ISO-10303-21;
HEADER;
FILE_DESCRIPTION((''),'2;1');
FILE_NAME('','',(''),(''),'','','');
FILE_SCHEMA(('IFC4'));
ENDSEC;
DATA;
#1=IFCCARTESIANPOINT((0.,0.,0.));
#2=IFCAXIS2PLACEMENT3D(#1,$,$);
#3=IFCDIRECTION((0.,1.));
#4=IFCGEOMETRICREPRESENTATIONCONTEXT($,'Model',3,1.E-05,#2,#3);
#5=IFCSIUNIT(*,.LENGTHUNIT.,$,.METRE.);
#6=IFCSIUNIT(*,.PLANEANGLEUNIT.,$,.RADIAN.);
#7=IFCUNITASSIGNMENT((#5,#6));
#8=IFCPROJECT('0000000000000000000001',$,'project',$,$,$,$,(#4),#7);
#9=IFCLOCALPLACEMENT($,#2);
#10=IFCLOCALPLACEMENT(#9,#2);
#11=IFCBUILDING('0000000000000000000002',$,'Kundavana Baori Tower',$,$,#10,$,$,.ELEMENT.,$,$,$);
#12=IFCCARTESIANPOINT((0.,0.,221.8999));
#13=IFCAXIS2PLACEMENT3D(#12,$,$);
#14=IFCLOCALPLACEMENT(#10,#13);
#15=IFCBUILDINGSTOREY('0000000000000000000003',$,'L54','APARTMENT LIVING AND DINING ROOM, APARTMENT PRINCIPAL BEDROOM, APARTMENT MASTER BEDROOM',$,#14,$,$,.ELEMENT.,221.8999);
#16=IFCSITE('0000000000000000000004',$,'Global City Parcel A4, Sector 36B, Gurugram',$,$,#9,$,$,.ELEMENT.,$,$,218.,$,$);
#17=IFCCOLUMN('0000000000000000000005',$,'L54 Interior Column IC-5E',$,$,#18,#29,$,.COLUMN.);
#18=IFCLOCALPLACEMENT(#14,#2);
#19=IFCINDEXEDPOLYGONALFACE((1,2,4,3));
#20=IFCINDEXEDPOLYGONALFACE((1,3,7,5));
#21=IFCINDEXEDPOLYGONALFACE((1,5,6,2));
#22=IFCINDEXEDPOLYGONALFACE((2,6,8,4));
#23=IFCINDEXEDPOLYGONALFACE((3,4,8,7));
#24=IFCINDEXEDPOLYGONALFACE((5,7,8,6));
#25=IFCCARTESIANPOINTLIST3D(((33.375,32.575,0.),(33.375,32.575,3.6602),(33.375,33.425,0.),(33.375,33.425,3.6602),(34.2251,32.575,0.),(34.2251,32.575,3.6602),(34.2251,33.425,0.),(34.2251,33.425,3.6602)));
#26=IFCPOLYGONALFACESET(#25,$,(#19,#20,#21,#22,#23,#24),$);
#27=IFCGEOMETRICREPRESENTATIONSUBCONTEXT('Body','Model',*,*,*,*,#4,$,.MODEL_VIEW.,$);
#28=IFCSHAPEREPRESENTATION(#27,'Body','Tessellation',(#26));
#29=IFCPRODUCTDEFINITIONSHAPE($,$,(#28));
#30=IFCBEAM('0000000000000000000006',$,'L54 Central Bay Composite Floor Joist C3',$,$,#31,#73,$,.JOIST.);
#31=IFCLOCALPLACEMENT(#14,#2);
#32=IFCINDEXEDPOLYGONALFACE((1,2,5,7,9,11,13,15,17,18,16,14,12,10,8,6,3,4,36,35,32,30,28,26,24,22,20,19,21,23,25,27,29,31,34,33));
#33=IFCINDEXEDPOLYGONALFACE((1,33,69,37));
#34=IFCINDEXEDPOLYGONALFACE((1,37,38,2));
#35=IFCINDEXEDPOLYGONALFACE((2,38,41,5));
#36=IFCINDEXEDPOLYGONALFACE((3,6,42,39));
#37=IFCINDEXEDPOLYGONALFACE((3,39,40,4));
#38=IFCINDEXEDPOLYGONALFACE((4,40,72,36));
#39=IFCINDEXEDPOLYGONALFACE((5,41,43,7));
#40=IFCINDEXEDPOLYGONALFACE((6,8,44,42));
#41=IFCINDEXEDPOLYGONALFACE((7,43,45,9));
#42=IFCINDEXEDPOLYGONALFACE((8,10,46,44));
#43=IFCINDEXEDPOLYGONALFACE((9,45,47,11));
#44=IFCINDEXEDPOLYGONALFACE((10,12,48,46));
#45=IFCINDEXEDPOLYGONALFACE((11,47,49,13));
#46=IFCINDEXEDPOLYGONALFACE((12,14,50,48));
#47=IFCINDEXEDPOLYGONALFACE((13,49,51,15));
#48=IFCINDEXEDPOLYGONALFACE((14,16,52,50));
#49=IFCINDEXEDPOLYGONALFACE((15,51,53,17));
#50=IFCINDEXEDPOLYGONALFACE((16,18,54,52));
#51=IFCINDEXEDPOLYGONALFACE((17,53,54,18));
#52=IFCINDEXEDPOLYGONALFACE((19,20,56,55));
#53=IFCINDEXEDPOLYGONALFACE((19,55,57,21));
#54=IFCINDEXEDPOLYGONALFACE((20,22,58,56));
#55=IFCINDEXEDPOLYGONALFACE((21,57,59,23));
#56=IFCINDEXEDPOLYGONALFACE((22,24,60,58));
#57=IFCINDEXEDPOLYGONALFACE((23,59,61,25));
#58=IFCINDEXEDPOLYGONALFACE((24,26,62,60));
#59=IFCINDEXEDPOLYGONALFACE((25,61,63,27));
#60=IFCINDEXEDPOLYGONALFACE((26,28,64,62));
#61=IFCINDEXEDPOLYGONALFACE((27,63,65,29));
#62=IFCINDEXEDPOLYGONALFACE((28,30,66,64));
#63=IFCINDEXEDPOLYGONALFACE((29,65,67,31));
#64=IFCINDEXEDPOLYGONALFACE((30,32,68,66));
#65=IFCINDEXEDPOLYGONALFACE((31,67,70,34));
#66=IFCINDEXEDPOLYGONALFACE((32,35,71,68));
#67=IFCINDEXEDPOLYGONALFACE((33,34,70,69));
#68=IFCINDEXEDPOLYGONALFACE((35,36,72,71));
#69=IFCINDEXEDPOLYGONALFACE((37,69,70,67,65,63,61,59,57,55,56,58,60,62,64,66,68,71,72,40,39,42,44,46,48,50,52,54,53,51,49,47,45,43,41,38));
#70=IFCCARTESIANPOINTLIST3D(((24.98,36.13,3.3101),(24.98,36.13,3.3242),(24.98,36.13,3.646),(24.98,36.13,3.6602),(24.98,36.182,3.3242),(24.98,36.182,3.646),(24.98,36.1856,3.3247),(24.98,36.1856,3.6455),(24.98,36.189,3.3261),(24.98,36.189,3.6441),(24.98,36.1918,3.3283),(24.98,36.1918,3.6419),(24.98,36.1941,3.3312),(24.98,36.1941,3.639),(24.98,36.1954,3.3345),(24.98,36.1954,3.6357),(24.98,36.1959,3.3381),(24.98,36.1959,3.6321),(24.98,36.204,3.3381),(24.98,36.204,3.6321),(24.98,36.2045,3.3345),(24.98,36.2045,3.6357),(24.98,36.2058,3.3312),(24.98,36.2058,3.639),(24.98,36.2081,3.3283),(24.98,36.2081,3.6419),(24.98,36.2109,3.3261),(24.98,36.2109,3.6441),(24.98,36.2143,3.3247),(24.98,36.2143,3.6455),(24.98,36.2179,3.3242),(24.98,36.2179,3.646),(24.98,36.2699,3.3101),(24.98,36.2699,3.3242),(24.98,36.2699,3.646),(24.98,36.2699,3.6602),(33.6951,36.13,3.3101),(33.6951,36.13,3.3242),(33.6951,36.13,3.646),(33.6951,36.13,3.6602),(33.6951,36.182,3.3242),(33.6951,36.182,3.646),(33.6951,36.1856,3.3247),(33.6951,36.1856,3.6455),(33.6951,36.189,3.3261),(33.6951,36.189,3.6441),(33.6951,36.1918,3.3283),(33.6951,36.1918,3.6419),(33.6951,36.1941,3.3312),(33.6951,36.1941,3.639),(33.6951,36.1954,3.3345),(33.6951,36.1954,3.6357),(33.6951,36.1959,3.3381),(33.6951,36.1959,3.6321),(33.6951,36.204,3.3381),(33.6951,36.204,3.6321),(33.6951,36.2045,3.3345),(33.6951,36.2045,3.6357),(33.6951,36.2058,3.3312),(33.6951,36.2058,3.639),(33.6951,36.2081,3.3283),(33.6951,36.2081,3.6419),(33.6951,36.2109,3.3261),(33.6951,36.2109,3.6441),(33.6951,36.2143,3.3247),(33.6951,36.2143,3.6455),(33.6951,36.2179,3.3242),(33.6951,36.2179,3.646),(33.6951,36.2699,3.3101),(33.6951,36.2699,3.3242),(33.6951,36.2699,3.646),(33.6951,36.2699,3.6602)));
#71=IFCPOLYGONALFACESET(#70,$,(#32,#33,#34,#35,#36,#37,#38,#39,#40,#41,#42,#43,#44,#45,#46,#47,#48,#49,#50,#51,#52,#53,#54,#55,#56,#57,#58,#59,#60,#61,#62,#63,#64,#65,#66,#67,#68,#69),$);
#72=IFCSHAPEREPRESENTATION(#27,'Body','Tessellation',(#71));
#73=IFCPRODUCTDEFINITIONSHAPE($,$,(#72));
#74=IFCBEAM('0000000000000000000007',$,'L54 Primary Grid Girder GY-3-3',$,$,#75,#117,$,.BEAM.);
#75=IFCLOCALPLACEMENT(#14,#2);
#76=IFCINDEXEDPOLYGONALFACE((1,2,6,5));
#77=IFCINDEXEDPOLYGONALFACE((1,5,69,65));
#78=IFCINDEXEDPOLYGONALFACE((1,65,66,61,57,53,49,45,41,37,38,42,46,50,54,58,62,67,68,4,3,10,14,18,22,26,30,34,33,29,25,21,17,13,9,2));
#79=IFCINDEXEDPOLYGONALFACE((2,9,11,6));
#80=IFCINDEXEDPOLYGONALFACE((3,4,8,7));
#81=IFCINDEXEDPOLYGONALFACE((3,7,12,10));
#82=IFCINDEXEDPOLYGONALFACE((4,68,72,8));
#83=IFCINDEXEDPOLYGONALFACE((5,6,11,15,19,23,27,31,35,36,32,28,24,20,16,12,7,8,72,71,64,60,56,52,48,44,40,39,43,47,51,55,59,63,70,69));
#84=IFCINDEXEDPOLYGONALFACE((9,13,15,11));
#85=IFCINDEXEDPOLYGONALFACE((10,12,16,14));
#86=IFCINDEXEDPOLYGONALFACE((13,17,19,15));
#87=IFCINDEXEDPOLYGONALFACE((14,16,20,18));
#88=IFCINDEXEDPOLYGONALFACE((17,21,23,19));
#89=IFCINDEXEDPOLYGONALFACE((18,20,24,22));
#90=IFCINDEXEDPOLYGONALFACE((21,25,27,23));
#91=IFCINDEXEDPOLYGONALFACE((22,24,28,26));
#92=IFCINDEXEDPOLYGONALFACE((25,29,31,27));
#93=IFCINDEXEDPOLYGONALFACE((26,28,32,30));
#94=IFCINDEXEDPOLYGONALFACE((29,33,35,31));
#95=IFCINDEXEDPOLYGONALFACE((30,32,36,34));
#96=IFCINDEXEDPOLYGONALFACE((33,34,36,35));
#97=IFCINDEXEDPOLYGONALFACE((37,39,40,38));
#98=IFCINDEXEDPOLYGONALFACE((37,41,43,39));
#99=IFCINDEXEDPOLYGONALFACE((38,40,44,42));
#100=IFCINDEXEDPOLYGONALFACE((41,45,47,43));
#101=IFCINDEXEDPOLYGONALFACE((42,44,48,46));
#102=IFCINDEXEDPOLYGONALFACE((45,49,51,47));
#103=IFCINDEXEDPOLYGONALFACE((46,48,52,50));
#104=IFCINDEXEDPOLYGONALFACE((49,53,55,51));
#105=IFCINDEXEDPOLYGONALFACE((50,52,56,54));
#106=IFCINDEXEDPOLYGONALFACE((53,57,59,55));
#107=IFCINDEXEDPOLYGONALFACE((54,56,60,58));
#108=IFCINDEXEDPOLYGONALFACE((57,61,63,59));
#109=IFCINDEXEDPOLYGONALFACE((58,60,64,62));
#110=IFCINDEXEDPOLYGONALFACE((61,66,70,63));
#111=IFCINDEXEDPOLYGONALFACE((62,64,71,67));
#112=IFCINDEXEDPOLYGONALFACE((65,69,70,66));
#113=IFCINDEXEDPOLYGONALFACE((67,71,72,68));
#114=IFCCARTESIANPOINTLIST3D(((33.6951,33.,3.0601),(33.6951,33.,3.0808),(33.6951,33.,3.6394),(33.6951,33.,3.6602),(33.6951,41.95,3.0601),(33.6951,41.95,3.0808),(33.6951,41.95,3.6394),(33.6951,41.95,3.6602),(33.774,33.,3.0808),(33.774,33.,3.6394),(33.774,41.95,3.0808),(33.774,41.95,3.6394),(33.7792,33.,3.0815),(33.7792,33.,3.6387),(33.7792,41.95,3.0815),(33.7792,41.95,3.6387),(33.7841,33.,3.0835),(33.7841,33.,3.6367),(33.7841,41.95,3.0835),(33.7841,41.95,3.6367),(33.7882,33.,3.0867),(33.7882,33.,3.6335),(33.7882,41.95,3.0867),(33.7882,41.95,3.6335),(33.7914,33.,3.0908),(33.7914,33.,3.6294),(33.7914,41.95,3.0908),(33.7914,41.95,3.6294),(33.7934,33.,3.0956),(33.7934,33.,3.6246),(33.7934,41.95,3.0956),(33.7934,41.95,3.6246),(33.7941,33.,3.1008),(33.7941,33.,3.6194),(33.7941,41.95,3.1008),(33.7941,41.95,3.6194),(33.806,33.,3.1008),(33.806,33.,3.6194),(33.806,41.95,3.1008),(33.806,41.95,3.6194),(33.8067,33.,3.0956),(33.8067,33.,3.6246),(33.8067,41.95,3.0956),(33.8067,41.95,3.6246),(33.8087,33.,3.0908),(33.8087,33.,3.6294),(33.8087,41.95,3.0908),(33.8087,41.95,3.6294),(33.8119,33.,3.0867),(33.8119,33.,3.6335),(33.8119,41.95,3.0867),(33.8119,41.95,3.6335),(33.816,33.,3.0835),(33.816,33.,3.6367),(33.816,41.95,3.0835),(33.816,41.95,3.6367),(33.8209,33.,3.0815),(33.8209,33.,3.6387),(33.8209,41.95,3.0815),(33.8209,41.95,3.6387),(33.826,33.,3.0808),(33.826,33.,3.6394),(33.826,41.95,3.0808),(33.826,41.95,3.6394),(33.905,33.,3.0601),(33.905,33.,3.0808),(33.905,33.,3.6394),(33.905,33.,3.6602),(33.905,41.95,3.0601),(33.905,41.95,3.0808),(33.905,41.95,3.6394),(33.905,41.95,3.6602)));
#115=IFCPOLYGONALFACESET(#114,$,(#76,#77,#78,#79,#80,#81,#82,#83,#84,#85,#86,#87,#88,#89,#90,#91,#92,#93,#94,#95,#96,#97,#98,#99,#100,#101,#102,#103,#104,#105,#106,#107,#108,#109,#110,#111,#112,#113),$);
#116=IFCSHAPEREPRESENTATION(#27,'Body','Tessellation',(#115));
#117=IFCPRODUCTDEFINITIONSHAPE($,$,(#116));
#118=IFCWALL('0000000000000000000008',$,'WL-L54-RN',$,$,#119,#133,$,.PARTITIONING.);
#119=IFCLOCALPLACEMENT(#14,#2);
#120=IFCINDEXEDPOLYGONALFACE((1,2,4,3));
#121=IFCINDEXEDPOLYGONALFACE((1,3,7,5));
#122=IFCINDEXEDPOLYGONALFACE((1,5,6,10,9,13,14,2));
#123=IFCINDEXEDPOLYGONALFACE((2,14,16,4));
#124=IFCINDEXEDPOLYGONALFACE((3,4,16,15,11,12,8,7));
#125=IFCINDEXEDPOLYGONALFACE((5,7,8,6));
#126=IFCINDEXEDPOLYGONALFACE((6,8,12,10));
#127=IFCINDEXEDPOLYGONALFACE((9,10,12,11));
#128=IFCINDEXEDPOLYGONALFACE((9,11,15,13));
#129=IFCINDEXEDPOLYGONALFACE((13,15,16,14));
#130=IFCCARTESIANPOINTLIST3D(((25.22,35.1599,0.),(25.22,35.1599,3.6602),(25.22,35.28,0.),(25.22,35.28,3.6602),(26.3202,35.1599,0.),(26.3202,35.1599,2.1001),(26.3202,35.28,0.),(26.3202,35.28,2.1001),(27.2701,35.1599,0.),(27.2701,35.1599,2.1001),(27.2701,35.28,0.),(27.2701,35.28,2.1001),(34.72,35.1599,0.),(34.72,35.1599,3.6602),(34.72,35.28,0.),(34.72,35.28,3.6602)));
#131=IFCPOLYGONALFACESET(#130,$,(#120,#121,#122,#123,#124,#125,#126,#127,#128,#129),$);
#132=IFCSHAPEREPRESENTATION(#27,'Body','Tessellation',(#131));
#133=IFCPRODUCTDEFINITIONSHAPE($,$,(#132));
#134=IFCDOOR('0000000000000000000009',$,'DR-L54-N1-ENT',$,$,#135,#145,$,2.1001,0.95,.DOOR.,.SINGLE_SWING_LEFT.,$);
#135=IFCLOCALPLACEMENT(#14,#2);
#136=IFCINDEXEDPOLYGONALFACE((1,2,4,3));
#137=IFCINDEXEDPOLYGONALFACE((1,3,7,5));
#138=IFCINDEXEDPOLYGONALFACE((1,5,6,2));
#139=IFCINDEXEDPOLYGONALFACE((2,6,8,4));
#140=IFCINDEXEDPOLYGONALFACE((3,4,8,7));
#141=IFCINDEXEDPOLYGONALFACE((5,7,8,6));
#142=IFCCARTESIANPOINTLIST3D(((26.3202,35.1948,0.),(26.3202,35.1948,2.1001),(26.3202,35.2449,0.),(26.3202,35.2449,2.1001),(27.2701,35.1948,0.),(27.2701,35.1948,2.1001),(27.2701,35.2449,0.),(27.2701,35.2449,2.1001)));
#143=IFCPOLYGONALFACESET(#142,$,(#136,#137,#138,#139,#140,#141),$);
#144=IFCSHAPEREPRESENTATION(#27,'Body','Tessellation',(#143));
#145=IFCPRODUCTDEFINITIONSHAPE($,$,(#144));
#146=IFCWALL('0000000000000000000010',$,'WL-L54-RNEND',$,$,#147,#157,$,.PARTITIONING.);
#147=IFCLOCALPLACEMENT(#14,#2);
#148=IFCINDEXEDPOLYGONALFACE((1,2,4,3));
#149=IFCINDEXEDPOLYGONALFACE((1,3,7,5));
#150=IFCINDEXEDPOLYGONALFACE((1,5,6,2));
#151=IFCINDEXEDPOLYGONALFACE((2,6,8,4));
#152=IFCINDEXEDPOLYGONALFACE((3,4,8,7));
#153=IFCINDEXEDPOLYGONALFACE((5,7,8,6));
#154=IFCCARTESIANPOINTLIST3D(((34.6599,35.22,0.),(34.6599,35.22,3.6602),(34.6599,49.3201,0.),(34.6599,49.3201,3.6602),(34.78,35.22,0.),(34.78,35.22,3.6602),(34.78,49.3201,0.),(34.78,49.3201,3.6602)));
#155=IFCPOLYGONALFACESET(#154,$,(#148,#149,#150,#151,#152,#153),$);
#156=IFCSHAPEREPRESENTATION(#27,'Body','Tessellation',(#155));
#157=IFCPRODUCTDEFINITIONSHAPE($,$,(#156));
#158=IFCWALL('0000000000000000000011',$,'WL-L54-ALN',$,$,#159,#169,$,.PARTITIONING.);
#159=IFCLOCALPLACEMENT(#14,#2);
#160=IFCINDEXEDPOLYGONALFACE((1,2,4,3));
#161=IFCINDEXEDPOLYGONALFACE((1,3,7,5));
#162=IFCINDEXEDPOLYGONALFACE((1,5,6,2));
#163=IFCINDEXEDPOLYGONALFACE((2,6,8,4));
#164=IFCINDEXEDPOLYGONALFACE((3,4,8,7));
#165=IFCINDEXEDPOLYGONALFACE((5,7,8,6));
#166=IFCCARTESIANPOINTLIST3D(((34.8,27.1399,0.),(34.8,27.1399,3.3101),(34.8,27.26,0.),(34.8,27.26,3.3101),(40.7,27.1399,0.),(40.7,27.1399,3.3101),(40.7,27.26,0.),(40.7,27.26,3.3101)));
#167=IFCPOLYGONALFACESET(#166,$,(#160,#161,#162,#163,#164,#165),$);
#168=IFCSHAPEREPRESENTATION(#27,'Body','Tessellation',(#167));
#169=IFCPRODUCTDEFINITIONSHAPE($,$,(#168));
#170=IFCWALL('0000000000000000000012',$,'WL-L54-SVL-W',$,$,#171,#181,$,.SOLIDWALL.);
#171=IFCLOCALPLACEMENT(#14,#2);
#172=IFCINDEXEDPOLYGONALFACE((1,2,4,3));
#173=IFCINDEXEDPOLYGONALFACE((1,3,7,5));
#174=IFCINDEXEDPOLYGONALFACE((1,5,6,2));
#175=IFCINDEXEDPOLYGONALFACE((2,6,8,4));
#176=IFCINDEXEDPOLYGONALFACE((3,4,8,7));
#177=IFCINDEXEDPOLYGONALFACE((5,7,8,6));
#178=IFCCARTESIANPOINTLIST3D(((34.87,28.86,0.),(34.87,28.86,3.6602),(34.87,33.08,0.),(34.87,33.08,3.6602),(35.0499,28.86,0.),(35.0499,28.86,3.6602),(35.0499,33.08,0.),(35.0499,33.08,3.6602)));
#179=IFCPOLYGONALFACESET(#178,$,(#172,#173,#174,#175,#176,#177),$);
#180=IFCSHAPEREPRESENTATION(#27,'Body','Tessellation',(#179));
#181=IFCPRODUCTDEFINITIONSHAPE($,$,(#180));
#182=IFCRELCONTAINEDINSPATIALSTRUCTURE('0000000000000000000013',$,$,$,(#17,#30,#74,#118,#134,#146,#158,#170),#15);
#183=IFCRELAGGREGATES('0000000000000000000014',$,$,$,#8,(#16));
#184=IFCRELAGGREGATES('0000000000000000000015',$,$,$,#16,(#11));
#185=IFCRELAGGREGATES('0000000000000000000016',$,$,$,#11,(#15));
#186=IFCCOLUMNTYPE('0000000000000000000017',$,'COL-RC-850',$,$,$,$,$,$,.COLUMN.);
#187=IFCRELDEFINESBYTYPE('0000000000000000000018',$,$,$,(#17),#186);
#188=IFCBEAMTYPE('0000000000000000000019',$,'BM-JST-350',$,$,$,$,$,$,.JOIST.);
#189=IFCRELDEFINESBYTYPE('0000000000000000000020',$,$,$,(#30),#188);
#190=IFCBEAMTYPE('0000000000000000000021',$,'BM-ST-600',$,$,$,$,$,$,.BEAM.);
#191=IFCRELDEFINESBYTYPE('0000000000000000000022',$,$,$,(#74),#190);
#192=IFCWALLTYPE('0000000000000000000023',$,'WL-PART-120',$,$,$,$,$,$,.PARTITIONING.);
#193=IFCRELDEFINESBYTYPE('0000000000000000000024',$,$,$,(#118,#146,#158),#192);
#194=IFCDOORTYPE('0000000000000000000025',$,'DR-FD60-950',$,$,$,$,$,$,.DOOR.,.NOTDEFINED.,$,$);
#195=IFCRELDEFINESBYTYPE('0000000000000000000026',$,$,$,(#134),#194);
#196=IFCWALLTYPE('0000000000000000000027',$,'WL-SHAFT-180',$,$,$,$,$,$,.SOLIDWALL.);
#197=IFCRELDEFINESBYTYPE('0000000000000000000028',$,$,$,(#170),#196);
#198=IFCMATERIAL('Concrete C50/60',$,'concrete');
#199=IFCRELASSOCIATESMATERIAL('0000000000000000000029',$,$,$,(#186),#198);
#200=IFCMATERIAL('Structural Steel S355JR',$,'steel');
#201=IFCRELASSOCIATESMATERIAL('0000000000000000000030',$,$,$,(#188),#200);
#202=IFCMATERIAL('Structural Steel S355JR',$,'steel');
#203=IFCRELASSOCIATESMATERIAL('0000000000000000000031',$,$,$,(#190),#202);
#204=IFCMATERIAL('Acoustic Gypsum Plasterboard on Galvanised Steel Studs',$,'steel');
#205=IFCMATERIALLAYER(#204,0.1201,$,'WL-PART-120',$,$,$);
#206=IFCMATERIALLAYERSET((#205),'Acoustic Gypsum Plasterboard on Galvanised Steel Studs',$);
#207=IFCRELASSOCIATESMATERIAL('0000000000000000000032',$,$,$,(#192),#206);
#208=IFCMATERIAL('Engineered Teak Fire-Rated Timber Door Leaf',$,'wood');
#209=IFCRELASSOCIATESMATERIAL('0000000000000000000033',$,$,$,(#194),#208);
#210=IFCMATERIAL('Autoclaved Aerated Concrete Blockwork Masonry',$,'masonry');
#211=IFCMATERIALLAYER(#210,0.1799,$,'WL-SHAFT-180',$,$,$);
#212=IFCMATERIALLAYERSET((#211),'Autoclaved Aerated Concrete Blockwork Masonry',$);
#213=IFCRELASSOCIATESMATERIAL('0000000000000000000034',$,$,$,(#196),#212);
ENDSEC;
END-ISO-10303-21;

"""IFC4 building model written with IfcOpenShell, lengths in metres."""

from ifc_helpers import new_model, si_unit, direction, frame, frame_2d, origin, origin_2d, place, context, subcontext, project, spatial, rectangle, i_section, extrude, material, layer, layer_set, material_profile, profile_set, type_object, element, fill, save


model = new_model("IFC4")

# Units and contexts
model_context = context("Model", 3, precision=1e-05, world=origin(), true_north=direction((0.0, 1.0)))
body_context = subcontext(model_context, "Body", "Model", "MODEL_VIEW")
ifc_project = project(units=[si_unit("LENGTHUNIT", "METRE"), si_unit("PLANEANGLEUNIT", "RADIAN")], contexts=[model_context])

# Site, building, storey
site_placement = place(None, origin())
site = spatial("IfcSite", under=ifc_project, at=site_placement, Name="Global City Parcel A4, Sector 36B, Gurugram", CompositionType="ELEMENT", RefElevation=218.0)
building_placement = place(site_placement, origin())
building = spatial("IfcBuilding", under=site, at=building_placement, Name="Kundavana Baori Tower", CompositionType="ELEMENT")
storey_placement = place(building_placement, frame((0.0, 0.0, 221.8999)))
storey = spatial("IfcBuildingStorey", under=building, at=storey_placement, Name="L54", Description="APARTMENT LIVING AND DINING ROOM, APARTMENT PRINCIPAL BEDROOM, APARTMENT MASTER BEDROOM", CompositionType="ELEMENT", Elevation=221.8999)

# Column
ifc_material_1 = material(Name="Concrete C50/60", Category="concrete")
ifc_material_profile_1 = material_profile(ifc_material_1, rectangle(XDim=0.8501, YDim=0.8501, at=origin_2d()), Name="RC 850x850")
ifc_profile_set_1 = profile_set([ifc_material_profile_1], Name="Concrete C50/60")
column_type = type_object("IfcColumnType", Name="COL-RC-850", PredefinedType="COLUMN", material=ifc_profile_set_1)
column_placement = place(storey_placement, frame((33.8, 33.0, 0.0), z_axis=(0.0, 0.0, 1.0), x_axis=(1.0, 0.0, 0.0)))
element("IfcColumn", 1, at=column_placement, inside=storey, type_object=column_type, Name="L54 Interior Column IC-5E", PredefinedType="COLUMN", context=body_context, shape_type="SweptSolid", body=[
    extrude(rectangle(XDim=0.8501, YDim=0.8501, at=origin_2d()), origin(), (0.0, 0.0, 1.0), 3.6602),
])

# Beams
ifc_material_2 = material(Name="Structural Steel S355JR", Category="steel")
ifc_material_profile_2 = material_profile(ifc_material_2, i_section(OverallWidth=0.1399, OverallDepth=0.3501, WebThickness=0.0081, FlangeThickness=0.0142, FilletRadius=0.0139, at=origin_2d()), Name="ISMB 350")
ifc_profile_set_2 = profile_set([ifc_material_profile_2], Name="Structural Steel S355JR")
beam_type_1 = type_object("IfcBeamType", Name="BM-JST-350", PredefinedType="JOIST", material=ifc_profile_set_2)
beam_1_placement = place(storey_placement, frame((24.98, 36.2, 3.4851), z_axis=(1.0, 0.0, 0.0), x_axis=(0.0, 1.0, 0.0)))
element("IfcBeam", 2, at=beam_1_placement, inside=storey, type_object=beam_type_1, Name="L54 Central Bay Composite Floor Joist C3", PredefinedType="JOIST", context=body_context, shape_type="SweptSolid", body=[
    extrude(i_section(OverallWidth=0.1399, OverallDepth=0.3501, WebThickness=0.0081, FlangeThickness=0.0142, FilletRadius=0.0139, at=origin_2d()), origin(), (0.0, 0.0, 1.0), 8.7151),
])
ifc_material_3 = material(Name="Structural Steel S355JR", Category="steel")
ifc_material_profile_3 = material_profile(ifc_material_3, i_section(OverallWidth=0.21, OverallDepth=0.6001, WebThickness=0.012, FlangeThickness=0.0208, FilletRadius=0.02, at=origin_2d()), Name="ISMB 600")
ifc_profile_set_3 = profile_set([ifc_material_profile_3], Name="Structural Steel S355JR")
beam_type_2 = type_object("IfcBeamType", Name="BM-ST-600", PredefinedType="BEAM", material=ifc_profile_set_3)
beam_2_placement = place(storey_placement, frame((33.8, 33.0, 3.3601), z_axis=(0.0, 1.0, 0.0), x_axis=(-1.0, 0.0, 0.0)))
element("IfcBeam", 3, at=beam_2_placement, inside=storey, type_object=beam_type_2, Name="L54 Primary Grid Girder GY-3-3", PredefinedType="BEAM", context=body_context, shape_type="SweptSolid", body=[
    extrude(i_section(OverallWidth=0.21, OverallDepth=0.6001, WebThickness=0.012, FlangeThickness=0.0208, FilletRadius=0.02, at=origin_2d()), origin(), (0.0, 0.0, 1.0), 8.95),
])

# Wall, opening, door
ifc_material_4 = material(Name="Acoustic Gypsum Plasterboard on Galvanised Steel Studs", Category="steel")
ifc_layer_1 = layer(ifc_material_4, 0.1201, Name="WL-PART-120")
ifc_layer_set_1 = layer_set([ifc_layer_1], Name="Acoustic Gypsum Plasterboard on Galvanised Steel Studs")
wall_type_1 = type_object("IfcWallType", Name="WL-PART-120", PredefinedType="PARTITIONING", material=ifc_layer_set_1)
wall_1_placement = place(storey_placement, frame((25.22, 35.22, 0.0), z_axis=(0.0, 0.0, 1.0), x_axis=(1.0, 0.0, 0.0)))
wall_1 = element("IfcWall", 4, at=wall_1_placement, inside=storey, type_object=wall_type_1, Name="WL-L54-RN", PredefinedType="PARTITIONING", context=body_context, shape_type="SweptSolid", body=[
    extrude(rectangle(XDim=9.5, YDim=0.1201, at=frame_2d((4.75, 0.0))), origin(), (0.0, 0.0, 1.0), 3.6602),
])
opening_1_placement = place(wall_1_placement, frame((1.1001, 0.0, 0.0)))
opening_1 = element("IfcOpeningElement", 5, at=opening_1_placement, cuts=wall_1, PredefinedType="OPENING", context=body_context, shape_type="SweptSolid", body=[
    extrude(rectangle(XDim=0.95, YDim=2.1001, at=frame_2d((0.4751, 1.05))), frame((0.0, 0.0701, 0.0), z_axis=(0.0, -1.0, 0.0), x_axis=(1.0, 0.0, 0.0)), (0.0, 0.0, 1.0), 0.1401),
])
ifc_material_5 = material(Name="Engineered Teak Fire-Rated Timber Door Leaf", Category="wood")
door_type_1 = type_object("IfcDoorType", Name="DR-FD60-950", OperationType="NOTDEFINED", PredefinedType="DOOR", material=ifc_material_5)
door_1_placement = place(opening_1_placement, origin())
door_1 = element("IfcDoor", 6, at=door_1_placement, inside=storey, type_object=door_type_1, Name="DR-L54-N1-ENT", OperationType="SINGLE_SWING_LEFT", OverallHeight=2.1001, OverallWidth=0.95, PredefinedType="DOOR", context=body_context, shape_type="SweptSolid", body=[
    extrude(rectangle(XDim=0.95, YDim=2.1001, at=frame_2d((0.4751, 1.05))), frame((0.0, 0.0249, 0.0), z_axis=(0.0, -1.0, 0.0), x_axis=(1.0, 0.0, 0.0)), (0.0, 0.0, 1.0), 0.05),
])
fill(opening_1, door_1)

# Walls
wall_2_placement = place(storey_placement, frame((34.72, 35.22, 0.0), z_axis=(0.0, 0.0, 1.0), x_axis=(0.0, 1.0, 0.0)))
element("IfcWall", 7, at=wall_2_placement, inside=storey, type_object=wall_type_1, Name="WL-L54-RNEND", PredefinedType="PARTITIONING", context=body_context, shape_type="SweptSolid", body=[
    extrude(rectangle(XDim=14.1001, YDim=0.1201, at=frame_2d((7.05, 0.0))), origin(), (0.0, 0.0, 1.0), 3.6602),
])
wall_3_placement = place(storey_placement, frame((34.8, 27.2, 0.0), z_axis=(0.0, 0.0, 1.0), x_axis=(1.0, 0.0, 0.0)))
element("IfcWall", 8, at=wall_3_placement, inside=storey, type_object=wall_type_1, Name="WL-L54-ALN", PredefinedType="PARTITIONING", context=body_context, shape_type="SweptSolid", body=[
    extrude(rectangle(XDim=5.8999, YDim=0.1201, at=frame_2d((2.95, 0.0))), origin(), (0.0, 0.0, 1.0), 3.3101),
])
ifc_material_6 = material(Name="Autoclaved Aerated Concrete Blockwork Masonry", Category="masonry")
ifc_layer_2 = layer(ifc_material_6, 0.1799, Name="WL-SHAFT-180")
ifc_layer_set_2 = layer_set([ifc_layer_2], Name="Autoclaved Aerated Concrete Blockwork Masonry")
wall_type_2 = type_object("IfcWallType", Name="WL-SHAFT-180", PredefinedType="SOLIDWALL", material=ifc_layer_set_2)
wall_4_placement = place(storey_placement, frame((34.96, 28.8601, 0.0), z_axis=(0.0, 0.0, 1.0), x_axis=(0.0, 1.0, 0.0)))
element("IfcWall", 9, at=wall_4_placement, inside=storey, type_object=wall_type_2, Name="WL-L54-SVL-W", PredefinedType="SOLIDWALL", context=body_context, shape_type="SweptSolid", body=[
    extrude(rectangle(XDim=4.22, YDim=0.1799, at=frame_2d((2.1099, 0.0))), origin(), (0.0, 0.0, 1.0), 3.6602),
])

save(model, "model.ifc")
